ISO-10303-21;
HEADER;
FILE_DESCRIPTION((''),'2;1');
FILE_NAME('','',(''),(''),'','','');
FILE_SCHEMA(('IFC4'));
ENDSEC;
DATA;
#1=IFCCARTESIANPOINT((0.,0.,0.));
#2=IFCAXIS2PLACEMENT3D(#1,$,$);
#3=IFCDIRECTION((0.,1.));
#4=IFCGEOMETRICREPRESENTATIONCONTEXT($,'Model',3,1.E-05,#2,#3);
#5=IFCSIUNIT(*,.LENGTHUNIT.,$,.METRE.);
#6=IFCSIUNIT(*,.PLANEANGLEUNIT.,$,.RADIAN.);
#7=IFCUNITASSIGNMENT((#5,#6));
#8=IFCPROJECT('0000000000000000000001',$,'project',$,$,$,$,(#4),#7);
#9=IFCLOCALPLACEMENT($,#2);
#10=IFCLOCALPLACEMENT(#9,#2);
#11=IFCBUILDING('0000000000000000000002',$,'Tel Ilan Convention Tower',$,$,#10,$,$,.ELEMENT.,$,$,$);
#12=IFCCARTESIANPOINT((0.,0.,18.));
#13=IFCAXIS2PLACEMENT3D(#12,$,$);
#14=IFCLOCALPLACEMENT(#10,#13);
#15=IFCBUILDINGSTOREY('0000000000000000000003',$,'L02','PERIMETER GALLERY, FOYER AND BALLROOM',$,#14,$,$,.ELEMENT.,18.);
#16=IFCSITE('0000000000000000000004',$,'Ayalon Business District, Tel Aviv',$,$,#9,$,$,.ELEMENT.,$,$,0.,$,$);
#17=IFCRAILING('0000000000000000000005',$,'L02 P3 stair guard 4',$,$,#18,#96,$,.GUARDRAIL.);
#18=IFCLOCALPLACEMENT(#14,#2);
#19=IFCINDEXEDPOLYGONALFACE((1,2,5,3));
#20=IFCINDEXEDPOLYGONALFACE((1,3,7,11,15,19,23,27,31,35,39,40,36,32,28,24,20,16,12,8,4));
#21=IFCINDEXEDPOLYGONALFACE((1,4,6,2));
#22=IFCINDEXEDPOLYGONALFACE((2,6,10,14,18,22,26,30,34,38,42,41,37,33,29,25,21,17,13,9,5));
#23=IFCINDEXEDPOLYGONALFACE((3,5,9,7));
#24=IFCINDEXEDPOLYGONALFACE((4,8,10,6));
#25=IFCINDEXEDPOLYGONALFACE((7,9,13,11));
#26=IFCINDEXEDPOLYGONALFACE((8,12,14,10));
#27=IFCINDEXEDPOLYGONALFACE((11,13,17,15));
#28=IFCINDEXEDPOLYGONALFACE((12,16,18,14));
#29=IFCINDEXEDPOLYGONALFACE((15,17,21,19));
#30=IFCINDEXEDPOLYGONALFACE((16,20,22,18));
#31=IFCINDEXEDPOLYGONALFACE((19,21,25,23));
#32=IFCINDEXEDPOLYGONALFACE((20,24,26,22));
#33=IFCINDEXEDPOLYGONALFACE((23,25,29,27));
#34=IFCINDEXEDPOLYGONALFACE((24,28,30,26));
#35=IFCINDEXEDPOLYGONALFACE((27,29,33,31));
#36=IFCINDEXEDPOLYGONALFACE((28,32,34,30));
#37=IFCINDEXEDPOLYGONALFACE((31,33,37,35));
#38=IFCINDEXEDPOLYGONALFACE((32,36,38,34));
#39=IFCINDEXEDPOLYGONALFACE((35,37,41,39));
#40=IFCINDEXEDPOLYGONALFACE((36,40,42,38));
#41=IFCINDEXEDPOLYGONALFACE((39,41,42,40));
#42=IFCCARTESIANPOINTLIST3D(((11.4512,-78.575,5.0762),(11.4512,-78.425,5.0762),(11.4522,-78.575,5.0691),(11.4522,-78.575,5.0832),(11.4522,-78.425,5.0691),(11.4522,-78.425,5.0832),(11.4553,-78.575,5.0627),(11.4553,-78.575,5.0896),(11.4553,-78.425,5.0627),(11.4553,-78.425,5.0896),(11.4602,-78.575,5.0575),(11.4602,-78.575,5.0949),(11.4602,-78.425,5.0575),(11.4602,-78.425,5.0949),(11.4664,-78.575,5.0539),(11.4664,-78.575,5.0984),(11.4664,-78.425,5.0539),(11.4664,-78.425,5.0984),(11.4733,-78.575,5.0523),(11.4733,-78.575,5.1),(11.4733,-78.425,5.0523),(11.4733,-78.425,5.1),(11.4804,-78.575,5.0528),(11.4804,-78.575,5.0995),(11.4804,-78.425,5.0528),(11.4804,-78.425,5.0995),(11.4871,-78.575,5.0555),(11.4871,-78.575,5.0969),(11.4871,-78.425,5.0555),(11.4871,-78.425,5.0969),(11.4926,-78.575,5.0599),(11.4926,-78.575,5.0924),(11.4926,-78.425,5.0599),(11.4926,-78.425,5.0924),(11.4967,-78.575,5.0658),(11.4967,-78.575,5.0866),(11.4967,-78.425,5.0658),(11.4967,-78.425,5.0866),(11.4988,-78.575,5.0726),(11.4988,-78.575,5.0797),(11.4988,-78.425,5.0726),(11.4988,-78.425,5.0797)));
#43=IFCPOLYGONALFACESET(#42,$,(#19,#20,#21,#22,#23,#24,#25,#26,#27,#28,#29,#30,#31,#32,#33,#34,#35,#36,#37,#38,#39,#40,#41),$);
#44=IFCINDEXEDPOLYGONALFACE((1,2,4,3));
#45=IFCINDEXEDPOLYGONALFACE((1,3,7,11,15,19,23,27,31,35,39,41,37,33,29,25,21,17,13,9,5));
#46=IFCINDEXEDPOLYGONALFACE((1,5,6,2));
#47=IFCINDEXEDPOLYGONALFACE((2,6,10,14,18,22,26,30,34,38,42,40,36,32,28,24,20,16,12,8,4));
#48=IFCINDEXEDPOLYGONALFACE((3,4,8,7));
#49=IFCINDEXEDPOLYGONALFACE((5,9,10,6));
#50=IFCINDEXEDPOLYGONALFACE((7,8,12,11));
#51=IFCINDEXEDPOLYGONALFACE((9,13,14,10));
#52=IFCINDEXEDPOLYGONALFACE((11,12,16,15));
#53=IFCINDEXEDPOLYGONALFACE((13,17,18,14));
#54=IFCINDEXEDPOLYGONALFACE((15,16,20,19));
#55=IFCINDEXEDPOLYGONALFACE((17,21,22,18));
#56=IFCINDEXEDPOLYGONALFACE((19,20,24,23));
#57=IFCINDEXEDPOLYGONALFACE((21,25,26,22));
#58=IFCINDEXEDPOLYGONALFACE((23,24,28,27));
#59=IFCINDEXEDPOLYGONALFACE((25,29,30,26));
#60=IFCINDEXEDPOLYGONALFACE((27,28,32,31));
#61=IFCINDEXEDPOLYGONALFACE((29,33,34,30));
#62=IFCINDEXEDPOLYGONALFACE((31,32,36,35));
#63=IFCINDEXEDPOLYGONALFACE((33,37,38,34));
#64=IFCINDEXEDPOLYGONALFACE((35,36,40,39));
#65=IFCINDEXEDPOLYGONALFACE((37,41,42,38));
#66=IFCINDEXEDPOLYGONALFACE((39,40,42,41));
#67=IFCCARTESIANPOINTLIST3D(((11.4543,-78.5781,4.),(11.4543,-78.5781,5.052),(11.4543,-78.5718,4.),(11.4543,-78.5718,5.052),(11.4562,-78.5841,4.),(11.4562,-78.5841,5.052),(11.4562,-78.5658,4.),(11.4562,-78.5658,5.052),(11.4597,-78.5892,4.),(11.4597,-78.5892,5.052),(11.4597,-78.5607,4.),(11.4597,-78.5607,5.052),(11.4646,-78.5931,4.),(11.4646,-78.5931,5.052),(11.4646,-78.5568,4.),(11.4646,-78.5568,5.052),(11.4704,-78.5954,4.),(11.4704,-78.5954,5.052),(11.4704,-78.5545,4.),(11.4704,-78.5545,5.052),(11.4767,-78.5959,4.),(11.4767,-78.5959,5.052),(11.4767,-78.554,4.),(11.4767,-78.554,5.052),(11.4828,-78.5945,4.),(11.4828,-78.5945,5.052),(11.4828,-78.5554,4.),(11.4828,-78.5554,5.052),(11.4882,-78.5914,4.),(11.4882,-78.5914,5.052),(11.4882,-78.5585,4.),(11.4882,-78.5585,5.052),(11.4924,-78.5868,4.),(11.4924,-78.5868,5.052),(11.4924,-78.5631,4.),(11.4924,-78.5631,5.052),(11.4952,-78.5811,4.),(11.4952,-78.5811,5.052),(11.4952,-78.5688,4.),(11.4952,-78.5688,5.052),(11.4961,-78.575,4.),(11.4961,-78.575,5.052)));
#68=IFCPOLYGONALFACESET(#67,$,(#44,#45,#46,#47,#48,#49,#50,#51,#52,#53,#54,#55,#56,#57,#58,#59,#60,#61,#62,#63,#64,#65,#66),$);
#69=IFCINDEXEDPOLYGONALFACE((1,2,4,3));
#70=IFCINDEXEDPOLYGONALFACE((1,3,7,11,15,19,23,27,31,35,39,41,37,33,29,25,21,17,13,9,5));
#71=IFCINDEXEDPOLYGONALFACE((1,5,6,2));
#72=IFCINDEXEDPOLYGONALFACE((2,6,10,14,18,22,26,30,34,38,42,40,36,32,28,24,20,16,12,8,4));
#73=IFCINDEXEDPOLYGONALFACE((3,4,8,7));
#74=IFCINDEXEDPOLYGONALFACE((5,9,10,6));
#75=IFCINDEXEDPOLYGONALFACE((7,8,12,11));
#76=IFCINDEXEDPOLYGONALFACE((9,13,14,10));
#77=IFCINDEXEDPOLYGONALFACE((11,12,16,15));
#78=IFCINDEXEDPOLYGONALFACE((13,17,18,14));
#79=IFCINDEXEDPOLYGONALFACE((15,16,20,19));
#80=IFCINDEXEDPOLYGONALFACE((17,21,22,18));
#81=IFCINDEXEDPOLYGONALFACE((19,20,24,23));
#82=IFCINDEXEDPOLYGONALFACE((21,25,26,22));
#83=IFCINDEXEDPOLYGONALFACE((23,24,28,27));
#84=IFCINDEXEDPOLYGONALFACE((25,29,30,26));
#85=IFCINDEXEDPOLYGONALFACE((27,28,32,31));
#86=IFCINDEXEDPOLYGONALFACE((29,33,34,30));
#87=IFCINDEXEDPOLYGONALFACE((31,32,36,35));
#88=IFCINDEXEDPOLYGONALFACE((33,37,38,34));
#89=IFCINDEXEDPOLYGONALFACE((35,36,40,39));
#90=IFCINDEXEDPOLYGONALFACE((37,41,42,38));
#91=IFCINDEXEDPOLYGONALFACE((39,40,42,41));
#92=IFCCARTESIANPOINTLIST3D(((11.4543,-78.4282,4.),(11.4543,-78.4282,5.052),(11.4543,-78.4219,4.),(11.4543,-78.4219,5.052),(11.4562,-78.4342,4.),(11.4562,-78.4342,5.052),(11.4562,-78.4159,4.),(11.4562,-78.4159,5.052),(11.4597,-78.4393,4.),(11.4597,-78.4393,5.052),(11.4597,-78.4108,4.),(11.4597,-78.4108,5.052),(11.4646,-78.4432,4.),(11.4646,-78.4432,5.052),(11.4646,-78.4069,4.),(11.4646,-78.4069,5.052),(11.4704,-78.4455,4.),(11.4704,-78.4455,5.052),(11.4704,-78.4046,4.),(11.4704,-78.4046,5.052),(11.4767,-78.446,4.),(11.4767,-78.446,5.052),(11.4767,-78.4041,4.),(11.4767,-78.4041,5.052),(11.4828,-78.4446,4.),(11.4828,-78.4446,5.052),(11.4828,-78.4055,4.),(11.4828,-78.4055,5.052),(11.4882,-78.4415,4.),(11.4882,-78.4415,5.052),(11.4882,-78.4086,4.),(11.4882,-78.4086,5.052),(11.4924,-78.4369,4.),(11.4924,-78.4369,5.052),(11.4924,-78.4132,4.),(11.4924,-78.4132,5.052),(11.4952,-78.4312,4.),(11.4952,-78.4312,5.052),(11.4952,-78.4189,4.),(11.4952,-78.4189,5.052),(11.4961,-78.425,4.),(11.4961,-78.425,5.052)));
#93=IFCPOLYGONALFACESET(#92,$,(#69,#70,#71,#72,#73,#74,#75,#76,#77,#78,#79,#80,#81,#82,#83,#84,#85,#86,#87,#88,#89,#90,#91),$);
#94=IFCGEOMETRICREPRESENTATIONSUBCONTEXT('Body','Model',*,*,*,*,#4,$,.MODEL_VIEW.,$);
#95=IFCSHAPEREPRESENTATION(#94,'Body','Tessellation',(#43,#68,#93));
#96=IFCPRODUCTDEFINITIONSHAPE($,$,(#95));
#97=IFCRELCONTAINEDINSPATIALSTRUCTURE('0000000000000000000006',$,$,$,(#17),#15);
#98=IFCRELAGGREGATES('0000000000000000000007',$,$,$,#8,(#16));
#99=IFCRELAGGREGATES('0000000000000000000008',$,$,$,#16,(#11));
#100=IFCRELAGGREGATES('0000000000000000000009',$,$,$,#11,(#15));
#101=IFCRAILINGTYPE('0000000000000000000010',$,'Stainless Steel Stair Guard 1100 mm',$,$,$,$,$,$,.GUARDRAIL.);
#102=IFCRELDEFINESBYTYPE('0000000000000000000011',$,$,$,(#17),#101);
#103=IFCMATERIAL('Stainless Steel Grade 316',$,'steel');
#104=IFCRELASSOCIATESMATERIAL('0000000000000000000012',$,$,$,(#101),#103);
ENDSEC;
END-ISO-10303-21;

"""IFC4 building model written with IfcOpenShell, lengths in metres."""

from ifc_helpers import new_model, si_unit, direction, frame, origin, origin_2d, place, context, subcontext, project, spatial, circle, extrude, material, type_object, element, save


model = new_model("IFC4")

# Units and contexts
model_context = context("Model", 3, precision=1e-05, world=origin(), true_north=direction((0.0, 1.0)))
body_context = subcontext(model_context, "Body", "Model", "MODEL_VIEW")
ifc_project = project(units=[si_unit("LENGTHUNIT", "METRE"), si_unit("PLANEANGLEUNIT", "RADIAN")], contexts=[model_context])

# Site, building, storey
site_placement = place(None, origin())
site = spatial("IfcSite", under=ifc_project, at=site_placement, Name="Ayalon Business District, Tel Aviv", CompositionType="ELEMENT", RefElevation=0.0)
building_placement = place(site_placement, origin())
building = spatial("IfcBuilding", under=site, at=building_placement, Name="Tel Ilan Convention Tower", CompositionType="ELEMENT")
storey_placement = place(building_placement, frame((0.0, 0.0, 18.0)))
storey = spatial("IfcBuildingStorey", under=building, at=storey_placement, Name="L02", Description="PERIMETER GALLERY, FOYER AND BALLROOM", CompositionType="ELEMENT", Elevation=18.0)

# Railing
ifc_material_1 = material(Name="Stainless Steel Grade 316", Category="steel")
railing_type_1 = type_object("IfcRailingType", Name="Stainless Steel Stair Guard 1100 mm", PredefinedType="GUARDRAIL", material=ifc_material_1)
railing_placement = place(storey_placement, frame((11.4751, -78.575, 4.0)))
element("IfcRailing", 1, at=railing_placement, inside=storey, type_object=railing_type_1, Name="L02 P3 stair guard 4", PredefinedType="GUARDRAIL", context=body_context, shape_type="SweptSolid", body=[
    extrude(circle(Radius=0.0239, at=origin_2d()), frame((0.0, 0.0, 1.0762), z_axis=(0.0, 1.0, 0.0), x_axis=(-1.0, 0.0, 0.0)), (0.0, 0.0, 1.0), 0.1499),
    extrude(circle(Radius=0.021, at=origin_2d()), origin(), (0.0, 0.0, 1.0), 1.052),
    extrude(circle(Radius=0.021, at=origin_2d()), frame((0.0, 0.1499, 0.0)), (0.0, 0.0, 1.0), 1.052),
])

save(model, "model.ifc")
